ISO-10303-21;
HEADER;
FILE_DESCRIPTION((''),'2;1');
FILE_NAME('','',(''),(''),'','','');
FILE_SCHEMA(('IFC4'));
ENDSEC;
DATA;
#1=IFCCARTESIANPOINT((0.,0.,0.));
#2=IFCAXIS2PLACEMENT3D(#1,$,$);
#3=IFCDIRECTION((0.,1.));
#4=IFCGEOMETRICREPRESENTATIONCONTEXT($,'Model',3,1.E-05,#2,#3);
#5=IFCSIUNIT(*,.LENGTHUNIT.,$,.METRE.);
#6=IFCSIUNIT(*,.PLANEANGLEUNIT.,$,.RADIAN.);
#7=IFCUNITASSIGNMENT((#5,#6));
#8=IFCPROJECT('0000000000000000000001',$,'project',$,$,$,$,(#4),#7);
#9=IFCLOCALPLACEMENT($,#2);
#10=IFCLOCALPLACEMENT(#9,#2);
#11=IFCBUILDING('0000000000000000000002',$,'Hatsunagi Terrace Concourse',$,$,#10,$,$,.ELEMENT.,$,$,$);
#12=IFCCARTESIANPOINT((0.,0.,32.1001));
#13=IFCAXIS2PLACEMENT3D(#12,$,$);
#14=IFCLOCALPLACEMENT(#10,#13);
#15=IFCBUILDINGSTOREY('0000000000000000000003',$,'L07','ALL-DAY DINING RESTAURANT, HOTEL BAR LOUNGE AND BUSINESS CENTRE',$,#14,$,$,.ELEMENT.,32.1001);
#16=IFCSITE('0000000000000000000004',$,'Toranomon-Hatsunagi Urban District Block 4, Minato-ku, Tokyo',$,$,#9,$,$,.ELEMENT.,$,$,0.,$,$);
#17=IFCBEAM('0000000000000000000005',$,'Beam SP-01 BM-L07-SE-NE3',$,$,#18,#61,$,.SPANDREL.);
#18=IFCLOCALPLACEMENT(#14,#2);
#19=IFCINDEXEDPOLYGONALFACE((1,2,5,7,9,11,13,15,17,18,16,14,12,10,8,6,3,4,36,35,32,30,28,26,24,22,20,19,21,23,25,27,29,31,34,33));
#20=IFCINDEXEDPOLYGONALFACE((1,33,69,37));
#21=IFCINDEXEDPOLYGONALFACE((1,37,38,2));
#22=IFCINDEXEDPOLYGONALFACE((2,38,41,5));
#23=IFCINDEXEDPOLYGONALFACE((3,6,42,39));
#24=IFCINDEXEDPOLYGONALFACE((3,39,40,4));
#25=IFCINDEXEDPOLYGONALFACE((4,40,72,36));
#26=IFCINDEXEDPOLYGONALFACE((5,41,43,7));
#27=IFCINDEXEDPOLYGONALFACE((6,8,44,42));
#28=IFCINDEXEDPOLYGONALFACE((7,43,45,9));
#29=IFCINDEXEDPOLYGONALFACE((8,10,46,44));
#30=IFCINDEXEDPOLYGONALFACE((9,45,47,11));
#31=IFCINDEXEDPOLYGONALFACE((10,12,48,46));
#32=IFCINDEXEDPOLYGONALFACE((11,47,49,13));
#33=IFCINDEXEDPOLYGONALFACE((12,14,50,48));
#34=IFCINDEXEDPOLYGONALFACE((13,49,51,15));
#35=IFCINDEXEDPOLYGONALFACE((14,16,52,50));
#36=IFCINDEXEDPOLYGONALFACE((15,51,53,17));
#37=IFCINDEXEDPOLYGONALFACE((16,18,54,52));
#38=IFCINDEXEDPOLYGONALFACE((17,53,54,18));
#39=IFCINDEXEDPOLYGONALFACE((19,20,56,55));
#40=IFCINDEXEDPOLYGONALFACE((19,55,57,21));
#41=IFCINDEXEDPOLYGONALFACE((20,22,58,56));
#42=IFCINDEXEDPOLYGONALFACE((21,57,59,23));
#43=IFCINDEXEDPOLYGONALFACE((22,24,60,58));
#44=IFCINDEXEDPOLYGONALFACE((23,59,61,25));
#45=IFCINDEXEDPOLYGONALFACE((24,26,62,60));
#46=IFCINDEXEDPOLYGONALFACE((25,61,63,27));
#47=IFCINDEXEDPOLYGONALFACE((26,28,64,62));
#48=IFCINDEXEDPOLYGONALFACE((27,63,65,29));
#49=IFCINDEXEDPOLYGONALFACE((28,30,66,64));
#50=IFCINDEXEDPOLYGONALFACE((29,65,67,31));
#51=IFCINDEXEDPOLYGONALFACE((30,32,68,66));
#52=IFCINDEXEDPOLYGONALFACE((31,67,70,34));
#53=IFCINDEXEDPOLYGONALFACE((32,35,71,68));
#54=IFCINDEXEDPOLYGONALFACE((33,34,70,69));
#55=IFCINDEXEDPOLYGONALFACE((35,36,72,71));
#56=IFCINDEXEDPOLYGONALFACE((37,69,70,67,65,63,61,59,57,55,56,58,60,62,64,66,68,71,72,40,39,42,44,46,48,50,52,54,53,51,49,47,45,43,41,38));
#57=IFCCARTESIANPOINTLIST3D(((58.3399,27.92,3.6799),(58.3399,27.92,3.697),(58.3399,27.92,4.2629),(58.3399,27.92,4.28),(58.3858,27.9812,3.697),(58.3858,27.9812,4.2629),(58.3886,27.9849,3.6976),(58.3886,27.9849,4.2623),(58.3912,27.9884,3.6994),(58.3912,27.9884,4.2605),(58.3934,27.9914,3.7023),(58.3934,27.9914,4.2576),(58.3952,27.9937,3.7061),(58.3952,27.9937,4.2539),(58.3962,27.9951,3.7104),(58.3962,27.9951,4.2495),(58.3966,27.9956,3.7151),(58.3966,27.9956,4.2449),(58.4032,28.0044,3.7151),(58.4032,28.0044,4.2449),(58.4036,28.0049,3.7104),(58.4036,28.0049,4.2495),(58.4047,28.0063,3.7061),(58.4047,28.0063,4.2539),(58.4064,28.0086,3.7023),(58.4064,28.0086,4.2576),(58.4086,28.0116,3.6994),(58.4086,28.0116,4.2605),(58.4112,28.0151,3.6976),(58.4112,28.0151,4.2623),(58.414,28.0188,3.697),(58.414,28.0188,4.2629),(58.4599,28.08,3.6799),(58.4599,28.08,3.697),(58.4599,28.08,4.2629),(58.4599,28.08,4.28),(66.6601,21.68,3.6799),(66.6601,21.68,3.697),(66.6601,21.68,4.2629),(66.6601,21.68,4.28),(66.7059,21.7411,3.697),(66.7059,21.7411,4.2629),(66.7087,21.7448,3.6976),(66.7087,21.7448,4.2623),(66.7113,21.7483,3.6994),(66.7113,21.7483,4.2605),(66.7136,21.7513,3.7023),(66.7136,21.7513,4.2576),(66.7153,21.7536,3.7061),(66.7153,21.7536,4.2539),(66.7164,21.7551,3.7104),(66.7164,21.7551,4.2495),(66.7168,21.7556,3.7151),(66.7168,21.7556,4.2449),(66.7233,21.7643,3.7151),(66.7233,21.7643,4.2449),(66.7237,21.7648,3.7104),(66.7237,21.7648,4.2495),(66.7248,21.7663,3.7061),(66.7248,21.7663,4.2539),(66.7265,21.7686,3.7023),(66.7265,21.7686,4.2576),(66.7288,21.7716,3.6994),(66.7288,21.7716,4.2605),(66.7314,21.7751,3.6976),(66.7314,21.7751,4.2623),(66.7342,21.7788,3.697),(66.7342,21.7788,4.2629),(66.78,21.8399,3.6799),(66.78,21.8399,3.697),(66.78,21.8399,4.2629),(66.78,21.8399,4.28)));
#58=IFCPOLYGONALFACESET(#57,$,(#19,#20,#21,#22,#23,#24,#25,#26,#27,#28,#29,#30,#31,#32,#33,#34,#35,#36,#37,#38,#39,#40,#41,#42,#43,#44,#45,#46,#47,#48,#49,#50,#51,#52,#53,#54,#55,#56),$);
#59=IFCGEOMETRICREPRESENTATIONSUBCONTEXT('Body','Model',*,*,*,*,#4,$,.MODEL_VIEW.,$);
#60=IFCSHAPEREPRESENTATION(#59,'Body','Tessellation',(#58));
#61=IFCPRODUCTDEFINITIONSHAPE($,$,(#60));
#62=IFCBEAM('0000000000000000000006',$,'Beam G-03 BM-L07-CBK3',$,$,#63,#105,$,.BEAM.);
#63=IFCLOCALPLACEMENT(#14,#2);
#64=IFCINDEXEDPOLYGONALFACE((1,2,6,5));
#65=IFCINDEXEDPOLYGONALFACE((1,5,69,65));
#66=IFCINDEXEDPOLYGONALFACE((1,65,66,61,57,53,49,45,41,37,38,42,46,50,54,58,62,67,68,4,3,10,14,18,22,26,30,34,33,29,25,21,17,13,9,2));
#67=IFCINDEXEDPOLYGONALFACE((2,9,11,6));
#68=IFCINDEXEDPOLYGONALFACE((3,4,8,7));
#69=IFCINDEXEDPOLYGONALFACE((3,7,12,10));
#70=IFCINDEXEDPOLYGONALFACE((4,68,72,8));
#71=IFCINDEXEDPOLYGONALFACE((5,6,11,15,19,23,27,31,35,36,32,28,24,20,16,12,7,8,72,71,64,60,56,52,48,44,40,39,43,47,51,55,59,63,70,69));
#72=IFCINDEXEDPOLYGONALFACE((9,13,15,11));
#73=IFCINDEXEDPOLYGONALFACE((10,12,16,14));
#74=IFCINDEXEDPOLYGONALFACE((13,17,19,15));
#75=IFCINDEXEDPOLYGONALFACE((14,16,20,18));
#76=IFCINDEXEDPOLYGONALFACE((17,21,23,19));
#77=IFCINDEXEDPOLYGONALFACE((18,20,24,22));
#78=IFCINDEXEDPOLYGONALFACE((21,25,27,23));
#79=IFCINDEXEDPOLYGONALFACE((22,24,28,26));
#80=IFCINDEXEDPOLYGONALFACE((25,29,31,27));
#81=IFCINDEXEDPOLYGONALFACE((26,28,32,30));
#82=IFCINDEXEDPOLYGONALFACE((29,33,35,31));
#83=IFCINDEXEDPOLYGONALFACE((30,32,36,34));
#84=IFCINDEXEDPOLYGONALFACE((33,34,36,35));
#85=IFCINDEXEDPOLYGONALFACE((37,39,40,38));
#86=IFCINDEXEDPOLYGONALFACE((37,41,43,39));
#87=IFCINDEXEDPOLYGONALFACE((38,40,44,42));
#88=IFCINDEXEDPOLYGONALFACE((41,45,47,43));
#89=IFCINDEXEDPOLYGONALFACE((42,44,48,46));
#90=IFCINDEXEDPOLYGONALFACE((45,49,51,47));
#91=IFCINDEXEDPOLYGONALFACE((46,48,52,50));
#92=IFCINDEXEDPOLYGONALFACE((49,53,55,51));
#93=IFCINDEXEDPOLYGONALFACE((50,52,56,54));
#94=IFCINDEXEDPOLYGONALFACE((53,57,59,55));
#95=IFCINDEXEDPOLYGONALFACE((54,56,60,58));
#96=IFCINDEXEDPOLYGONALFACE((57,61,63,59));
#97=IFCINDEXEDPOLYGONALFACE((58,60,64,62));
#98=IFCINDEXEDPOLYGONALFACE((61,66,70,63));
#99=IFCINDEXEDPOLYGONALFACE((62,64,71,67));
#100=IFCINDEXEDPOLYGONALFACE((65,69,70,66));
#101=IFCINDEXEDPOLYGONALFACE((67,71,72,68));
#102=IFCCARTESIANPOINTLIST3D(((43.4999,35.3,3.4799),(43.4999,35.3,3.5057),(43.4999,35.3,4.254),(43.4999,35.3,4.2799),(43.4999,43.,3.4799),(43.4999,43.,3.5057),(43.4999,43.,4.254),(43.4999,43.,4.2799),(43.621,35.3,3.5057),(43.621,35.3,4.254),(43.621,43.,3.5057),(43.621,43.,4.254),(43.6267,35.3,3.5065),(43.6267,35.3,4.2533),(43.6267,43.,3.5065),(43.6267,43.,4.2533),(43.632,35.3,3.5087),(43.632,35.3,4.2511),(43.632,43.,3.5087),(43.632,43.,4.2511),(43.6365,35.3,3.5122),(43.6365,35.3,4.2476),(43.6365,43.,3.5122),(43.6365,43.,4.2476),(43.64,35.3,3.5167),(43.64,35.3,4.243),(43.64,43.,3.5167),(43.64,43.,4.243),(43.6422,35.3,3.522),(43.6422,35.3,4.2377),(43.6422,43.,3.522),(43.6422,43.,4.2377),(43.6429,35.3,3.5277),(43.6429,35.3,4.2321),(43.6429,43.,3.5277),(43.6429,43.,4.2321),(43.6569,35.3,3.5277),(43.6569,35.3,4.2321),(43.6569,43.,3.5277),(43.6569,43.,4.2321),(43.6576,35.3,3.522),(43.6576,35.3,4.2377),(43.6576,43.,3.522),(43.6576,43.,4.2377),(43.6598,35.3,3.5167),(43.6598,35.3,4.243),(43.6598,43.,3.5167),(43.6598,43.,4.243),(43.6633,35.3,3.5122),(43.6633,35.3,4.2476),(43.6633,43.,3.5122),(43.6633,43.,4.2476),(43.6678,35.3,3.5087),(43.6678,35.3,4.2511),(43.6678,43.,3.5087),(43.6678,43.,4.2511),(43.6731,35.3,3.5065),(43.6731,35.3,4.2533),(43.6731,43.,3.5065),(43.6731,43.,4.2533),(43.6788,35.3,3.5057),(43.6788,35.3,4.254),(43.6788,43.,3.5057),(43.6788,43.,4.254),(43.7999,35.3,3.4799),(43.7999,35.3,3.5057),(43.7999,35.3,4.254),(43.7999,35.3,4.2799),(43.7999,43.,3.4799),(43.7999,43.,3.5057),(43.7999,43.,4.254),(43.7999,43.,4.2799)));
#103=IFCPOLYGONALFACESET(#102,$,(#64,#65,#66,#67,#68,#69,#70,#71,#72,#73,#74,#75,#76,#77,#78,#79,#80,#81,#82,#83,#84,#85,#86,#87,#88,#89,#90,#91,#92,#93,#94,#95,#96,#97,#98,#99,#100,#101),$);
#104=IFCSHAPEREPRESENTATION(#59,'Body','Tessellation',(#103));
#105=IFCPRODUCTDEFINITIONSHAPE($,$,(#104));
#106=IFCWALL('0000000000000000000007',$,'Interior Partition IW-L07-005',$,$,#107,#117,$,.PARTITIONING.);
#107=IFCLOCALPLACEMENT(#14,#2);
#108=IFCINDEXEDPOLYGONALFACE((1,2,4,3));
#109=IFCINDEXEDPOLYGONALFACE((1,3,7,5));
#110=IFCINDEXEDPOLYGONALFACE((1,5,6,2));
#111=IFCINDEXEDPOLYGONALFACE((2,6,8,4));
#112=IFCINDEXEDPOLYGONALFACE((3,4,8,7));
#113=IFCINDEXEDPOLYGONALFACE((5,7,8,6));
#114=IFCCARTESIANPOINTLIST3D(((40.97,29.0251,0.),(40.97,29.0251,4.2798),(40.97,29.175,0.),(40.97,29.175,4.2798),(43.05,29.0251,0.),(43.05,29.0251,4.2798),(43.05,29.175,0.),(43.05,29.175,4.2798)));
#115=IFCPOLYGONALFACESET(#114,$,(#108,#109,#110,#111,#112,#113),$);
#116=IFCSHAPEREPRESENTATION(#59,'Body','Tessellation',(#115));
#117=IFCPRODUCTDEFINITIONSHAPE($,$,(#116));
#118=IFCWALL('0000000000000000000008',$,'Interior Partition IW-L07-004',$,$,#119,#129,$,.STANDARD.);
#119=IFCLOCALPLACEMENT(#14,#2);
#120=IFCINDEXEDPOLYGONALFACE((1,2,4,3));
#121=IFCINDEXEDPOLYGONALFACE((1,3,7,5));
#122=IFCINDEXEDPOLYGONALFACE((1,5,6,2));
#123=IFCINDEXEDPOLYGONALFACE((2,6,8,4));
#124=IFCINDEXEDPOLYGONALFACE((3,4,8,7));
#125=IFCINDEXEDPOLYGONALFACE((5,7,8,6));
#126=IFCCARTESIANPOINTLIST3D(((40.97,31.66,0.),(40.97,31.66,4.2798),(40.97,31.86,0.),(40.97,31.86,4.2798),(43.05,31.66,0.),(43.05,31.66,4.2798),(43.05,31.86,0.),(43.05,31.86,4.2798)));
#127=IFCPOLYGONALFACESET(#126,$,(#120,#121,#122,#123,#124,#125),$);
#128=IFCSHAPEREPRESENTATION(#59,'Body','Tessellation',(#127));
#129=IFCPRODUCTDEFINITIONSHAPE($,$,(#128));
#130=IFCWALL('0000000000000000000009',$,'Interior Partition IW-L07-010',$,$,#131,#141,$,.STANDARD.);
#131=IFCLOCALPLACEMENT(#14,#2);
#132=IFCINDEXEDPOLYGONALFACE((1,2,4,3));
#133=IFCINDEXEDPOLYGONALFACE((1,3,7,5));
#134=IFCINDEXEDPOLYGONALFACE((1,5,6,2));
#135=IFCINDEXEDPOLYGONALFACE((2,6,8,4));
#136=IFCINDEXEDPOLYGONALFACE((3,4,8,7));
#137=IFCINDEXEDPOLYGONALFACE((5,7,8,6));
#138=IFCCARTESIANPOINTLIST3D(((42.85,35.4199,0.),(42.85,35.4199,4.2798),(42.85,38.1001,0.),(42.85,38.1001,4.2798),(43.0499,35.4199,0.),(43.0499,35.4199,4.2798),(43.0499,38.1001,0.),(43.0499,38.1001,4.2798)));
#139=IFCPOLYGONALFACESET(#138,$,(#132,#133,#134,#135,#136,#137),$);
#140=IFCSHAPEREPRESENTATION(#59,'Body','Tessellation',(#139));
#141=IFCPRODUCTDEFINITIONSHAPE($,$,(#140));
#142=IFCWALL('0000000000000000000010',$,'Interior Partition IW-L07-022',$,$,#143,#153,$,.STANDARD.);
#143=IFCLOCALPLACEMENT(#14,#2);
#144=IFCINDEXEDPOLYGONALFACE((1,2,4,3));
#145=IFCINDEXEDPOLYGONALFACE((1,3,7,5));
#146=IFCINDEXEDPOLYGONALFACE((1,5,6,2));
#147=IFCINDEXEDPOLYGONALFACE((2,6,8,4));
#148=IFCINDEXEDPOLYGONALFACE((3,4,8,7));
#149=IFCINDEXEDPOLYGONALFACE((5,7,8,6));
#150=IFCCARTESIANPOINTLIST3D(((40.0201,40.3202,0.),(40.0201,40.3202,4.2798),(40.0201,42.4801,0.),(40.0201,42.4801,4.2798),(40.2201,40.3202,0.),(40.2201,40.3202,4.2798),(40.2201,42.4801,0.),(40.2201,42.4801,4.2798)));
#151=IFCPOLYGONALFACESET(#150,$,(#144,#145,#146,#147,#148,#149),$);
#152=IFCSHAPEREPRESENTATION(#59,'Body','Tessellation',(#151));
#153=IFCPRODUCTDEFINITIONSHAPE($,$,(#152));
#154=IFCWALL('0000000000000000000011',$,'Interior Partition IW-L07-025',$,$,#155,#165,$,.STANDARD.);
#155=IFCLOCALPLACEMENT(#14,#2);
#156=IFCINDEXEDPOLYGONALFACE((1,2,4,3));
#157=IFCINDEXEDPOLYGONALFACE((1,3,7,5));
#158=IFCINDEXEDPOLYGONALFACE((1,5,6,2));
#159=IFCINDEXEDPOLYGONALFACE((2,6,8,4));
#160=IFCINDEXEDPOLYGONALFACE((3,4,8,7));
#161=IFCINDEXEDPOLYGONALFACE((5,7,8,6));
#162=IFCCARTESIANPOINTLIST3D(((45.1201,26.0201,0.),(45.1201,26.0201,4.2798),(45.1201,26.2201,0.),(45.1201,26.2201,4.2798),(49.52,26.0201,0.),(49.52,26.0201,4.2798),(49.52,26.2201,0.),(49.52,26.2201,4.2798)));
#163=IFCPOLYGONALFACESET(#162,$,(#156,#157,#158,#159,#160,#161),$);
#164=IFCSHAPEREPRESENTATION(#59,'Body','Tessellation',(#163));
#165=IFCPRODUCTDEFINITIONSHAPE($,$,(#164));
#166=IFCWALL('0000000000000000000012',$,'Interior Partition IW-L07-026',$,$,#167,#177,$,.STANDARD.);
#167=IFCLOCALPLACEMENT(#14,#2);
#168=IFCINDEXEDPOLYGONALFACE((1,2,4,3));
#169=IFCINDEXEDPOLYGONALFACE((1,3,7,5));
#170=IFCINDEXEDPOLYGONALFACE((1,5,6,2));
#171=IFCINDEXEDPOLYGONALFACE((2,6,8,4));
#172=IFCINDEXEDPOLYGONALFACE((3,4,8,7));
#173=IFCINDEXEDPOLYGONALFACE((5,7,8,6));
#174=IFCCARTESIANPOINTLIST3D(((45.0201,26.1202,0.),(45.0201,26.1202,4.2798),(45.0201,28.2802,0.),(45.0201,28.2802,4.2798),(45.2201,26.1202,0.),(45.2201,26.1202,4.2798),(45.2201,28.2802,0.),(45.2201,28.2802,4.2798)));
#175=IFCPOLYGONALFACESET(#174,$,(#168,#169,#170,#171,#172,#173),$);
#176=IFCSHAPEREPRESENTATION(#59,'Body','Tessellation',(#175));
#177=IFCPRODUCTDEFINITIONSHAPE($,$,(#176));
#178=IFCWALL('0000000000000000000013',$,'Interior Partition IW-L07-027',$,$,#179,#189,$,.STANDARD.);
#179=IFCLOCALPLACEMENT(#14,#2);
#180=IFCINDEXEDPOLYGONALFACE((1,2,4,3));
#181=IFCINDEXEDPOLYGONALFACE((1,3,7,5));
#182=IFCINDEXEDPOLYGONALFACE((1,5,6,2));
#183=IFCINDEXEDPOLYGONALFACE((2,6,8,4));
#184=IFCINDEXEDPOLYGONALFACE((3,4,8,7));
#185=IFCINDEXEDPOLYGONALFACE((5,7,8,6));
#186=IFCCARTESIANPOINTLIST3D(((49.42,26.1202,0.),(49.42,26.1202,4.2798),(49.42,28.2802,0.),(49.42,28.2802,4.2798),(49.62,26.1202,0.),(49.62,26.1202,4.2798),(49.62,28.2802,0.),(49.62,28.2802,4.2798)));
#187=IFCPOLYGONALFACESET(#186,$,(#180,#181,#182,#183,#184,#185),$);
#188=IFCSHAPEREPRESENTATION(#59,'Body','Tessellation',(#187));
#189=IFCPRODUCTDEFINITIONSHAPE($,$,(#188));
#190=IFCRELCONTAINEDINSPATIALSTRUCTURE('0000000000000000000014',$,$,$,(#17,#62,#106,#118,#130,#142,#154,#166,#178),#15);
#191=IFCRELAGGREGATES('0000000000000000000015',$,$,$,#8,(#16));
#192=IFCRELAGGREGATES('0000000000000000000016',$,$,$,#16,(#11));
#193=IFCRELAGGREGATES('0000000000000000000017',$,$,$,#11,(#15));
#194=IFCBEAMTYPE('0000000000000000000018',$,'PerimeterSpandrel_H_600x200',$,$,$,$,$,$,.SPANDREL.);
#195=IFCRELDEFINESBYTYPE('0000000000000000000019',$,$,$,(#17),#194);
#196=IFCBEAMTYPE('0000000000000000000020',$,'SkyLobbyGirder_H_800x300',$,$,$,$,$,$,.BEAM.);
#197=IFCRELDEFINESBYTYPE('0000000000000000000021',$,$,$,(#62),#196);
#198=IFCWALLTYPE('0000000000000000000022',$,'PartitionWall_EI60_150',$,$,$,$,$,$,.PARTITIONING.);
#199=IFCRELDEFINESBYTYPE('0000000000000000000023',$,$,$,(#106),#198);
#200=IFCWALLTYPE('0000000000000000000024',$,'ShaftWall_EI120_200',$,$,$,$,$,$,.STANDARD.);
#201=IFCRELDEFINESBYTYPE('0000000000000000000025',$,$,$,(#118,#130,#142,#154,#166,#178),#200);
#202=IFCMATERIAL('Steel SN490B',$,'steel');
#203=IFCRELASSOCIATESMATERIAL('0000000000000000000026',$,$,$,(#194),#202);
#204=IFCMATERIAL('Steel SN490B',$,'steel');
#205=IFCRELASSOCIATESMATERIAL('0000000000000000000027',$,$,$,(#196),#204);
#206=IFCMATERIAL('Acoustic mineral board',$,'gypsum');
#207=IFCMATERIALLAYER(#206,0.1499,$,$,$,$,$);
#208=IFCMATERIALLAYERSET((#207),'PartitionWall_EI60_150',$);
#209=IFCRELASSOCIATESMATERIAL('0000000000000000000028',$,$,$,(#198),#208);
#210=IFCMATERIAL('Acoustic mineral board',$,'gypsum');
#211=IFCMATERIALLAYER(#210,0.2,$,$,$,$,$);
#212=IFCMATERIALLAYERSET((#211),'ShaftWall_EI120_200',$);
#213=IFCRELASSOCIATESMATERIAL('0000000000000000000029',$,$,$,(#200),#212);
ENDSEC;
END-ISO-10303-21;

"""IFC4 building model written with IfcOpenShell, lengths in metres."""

from ifc_helpers import new_model, si_unit, direction, frame, frame_2d, origin, origin_2d, place, context, subcontext, project, spatial, rectangle, i_section, extrude, material, layer, layer_set, material_profile, profile_set, type_object, element, save


model = new_model("IFC4")

# Units and contexts
model_context = context("Model", 3, precision=1e-05, world=origin(), true_north=direction((0.0, 1.0)))
body_context = subcontext(model_context, "Body", "Model", "MODEL_VIEW")
ifc_project = project(units=[si_unit("LENGTHUNIT", "METRE"), si_unit("PLANEANGLEUNIT", "RADIAN")], contexts=[model_context])

# Site, building, storey
site_placement = place(None, origin())
site = spatial("IfcSite", under=ifc_project, at=site_placement, Name="Toranomon-Hatsunagi Urban District Block 4, Minato-ku, Tokyo", CompositionType="ELEMENT", RefElevation=0.0)
building_placement = place(site_placement, origin())
building = spatial("IfcBuilding", under=site, at=building_placement, Name="Hatsunagi Terrace Concourse", CompositionType="ELEMENT")
storey_placement = place(building_placement, frame((0.0, 0.0, 32.1001)))
storey = spatial("IfcBuildingStorey", under=building, at=storey_placement, Name="L07", Description="ALL-DAY DINING RESTAURANT, HOTEL BAR LOUNGE AND BUSINESS CENTRE", CompositionType="ELEMENT", Elevation=32.1001)

# Beams
ifc_material_1 = material(Name="Steel SN490B", Category="steel")
ifc_material_profile_1 = material_profile(ifc_material_1, i_section(OverallWidth=0.2, OverallDepth=0.6001, WebThickness=0.011, FlangeThickness=0.0171, FilletRadius=0.0181, at=origin_2d()), Name="H-600x200x11x17")
ifc_profile_set_1 = profile_set([ifc_material_profile_1], Name="Steel SN490B")
beam_type_1 = type_object("IfcBeamType", Name="PerimeterSpandrel_H_600x200", PredefinedType="SPANDREL", material=ifc_profile_set_1)
beam_1_placement = place(storey_placement, frame((58.3999, 28.0, 3.98), z_axis=(0.800003, -0.599996, 0.0), x_axis=(0.599996, 0.800003, 0.0)))
element("IfcBeam", 1, at=beam_1_placement, inside=storey, type_object=beam_type_1, Name="Beam SP-01 BM-L07-SE-NE3", PredefinedType="SPANDREL", context=body_context, shape_type="SweptSolid", body=[
    extrude(i_section(OverallWidth=0.2, OverallDepth=0.6001, WebThickness=0.011, FlangeThickness=0.0171, FilletRadius=0.0181, at=origin_2d()), origin(), (0.0, 0.0, 1.0), 10.4001),
])
ifc_material_2 = material(Name="Steel SN490B", Category="steel")
ifc_material_profile_2 = material_profile(ifc_material_2, i_section(OverallWidth=0.3, OverallDepth=0.8, WebThickness=0.0139, FlangeThickness=0.0259, FilletRadius=0.022, at=origin_2d()), Name="H-800x300x14x26")
ifc_profile_set_2 = profile_set([ifc_material_profile_2], Name="Steel SN490B")
beam_type_2 = type_object("IfcBeamType", Name="SkyLobbyGirder_H_800x300", PredefinedType="BEAM", material=ifc_profile_set_2)
beam_2_placement = place(storey_placement, frame((43.6499, 35.3, 3.8799), z_axis=(0.0, 1.0, 0.0), x_axis=(-1.0, 0.0, 0.0)))
element("IfcBeam", 2, at=beam_2_placement, inside=storey, type_object=beam_type_2, Name="Beam G-03 BM-L07-CBK3", PredefinedType="BEAM", context=body_context, shape_type="SweptSolid", body=[
    extrude(i_section(OverallWidth=0.3, OverallDepth=0.8, WebThickness=0.0139, FlangeThickness=0.0259, FilletRadius=0.022, at=origin_2d()), origin(), (0.0, 0.0, 1.0), 7.7),
])

# Walls
ifc_material_3 = material(Name="Acoustic mineral board", Category="gypsum")
ifc_layer_1 = layer(ifc_material_3, 0.1499)
ifc_layer_set_1 = layer_set([ifc_layer_1], Name="PartitionWall_EI60_150")
wall_type_1 = type_object("IfcWallType", Name="PartitionWall_EI60_150", PredefinedType="PARTITIONING", material=ifc_layer_set_1)
wall_1_placement = place(storey_placement, frame((40.97, 29.1001, 0.0), z_axis=(0.0, 0.0, 1.0), x_axis=(1.0, 0.0, 0.0)))
element("IfcWall", 3, at=wall_1_placement, inside=storey, type_object=wall_type_1, Name="Interior Partition IW-L07-005", PredefinedType="PARTITIONING", context=body_context, shape_type="SweptSolid", body=[
    extrude(rectangle(XDim=2.0801, YDim=0.1499, at=frame_2d((1.04, 0.0))), origin(), (0.0, 0.0, 1.0), 4.2798),
])
ifc_material_4 = material(Name="Acoustic mineral board", Category="gypsum")
ifc_layer_2 = layer(ifc_material_4, 0.2)
ifc_layer_set_2 = layer_set([ifc_layer_2], Name="ShaftWall_EI120_200")
wall_type_2 = type_object("IfcWallType", Name="ShaftWall_EI120_200", PredefinedType="STANDARD", material=ifc_layer_set_2)
wall_2_placement = place(storey_placement, frame((40.97, 31.76, 0.0), z_axis=(0.0, 0.0, 1.0), x_axis=(1.0, 0.0, 0.0)))
element("IfcWall", 4, at=wall_2_placement, inside=storey, type_object=wall_type_2, Name="Interior Partition IW-L07-004", PredefinedType="STANDARD", context=body_context, shape_type="SweptSolid", body=[
    extrude(rectangle(XDim=2.0801, YDim=0.2, at=frame_2d((1.04, 0.0))), origin(), (0.0, 0.0, 1.0), 4.2798),
])
wall_3_placement = place(storey_placement, frame((42.95, 35.4199, 0.0), z_axis=(0.0, 0.0, 1.0), x_axis=(0.0, 1.0, 0.0)))
element("IfcWall", 5, at=wall_3_placement, inside=storey, type_object=wall_type_2, Name="Interior Partition IW-L07-010", PredefinedType="STANDARD", context=body_context, shape_type="SweptSolid", body=[
    extrude(rectangle(XDim=2.6802, YDim=0.2, at=frame_2d((1.3401, 0.0))), origin(), (0.0, 0.0, 1.0), 4.2798),
])
wall_4_placement = place(storey_placement, frame((40.1201, 40.3201, 0.0), z_axis=(0.0, 0.0, 1.0), x_axis=(0.0, 1.0, 0.0)))
element("IfcWall", 6, at=wall_4_placement, inside=storey, type_object=wall_type_2, Name="Interior Partition IW-L07-022", PredefinedType="STANDARD", context=body_context, shape_type="SweptSolid", body=[
    extrude(rectangle(XDim=2.1599, YDim=0.2, at=frame_2d((1.0801, 0.0))), origin(), (0.0, 0.0, 1.0), 4.2798),
])
wall_5_placement = place(storey_placement, frame((45.1201, 26.1201, 0.0), z_axis=(0.0, 0.0, 1.0), x_axis=(1.0, 0.0, 0.0)))
element("IfcWall", 7, at=wall_5_placement, inside=storey, type_object=wall_type_2, Name="Interior Partition IW-L07-025", PredefinedType="STANDARD", context=body_context, shape_type="SweptSolid", body=[
    extrude(rectangle(XDim=4.3999, YDim=0.2, at=frame_2d((2.2, 0.0))), origin(), (0.0, 0.0, 1.0), 4.2798),
])
for number, where, z_axis, x_axis, name in (
    (8, (45.1201, 26.1201, 0.0), (0.0, 0.0, 1.0), (0.0, 1.0, 0.0), "Interior Partition IW-L07-026"),
    (9, (49.52, 26.1201, 0.0), (0.0, 0.0, 1.0), (0.0, 1.0, 0.0), "Interior Partition IW-L07-027"),
):
    element("IfcWall", number, at=place(storey_placement, frame(where, z_axis=z_axis, x_axis=x_axis)), inside=storey, type_object=wall_type_2, Name=name, PredefinedType="STANDARD", context=body_context, shape_type="SweptSolid", body=[
        extrude(rectangle(XDim=2.1599, YDim=0.2, at=frame_2d((1.0801, 0.0))), origin(), (0.0, 0.0, 1.0), 4.2798),
    ])

save(model, "model.ifc")
